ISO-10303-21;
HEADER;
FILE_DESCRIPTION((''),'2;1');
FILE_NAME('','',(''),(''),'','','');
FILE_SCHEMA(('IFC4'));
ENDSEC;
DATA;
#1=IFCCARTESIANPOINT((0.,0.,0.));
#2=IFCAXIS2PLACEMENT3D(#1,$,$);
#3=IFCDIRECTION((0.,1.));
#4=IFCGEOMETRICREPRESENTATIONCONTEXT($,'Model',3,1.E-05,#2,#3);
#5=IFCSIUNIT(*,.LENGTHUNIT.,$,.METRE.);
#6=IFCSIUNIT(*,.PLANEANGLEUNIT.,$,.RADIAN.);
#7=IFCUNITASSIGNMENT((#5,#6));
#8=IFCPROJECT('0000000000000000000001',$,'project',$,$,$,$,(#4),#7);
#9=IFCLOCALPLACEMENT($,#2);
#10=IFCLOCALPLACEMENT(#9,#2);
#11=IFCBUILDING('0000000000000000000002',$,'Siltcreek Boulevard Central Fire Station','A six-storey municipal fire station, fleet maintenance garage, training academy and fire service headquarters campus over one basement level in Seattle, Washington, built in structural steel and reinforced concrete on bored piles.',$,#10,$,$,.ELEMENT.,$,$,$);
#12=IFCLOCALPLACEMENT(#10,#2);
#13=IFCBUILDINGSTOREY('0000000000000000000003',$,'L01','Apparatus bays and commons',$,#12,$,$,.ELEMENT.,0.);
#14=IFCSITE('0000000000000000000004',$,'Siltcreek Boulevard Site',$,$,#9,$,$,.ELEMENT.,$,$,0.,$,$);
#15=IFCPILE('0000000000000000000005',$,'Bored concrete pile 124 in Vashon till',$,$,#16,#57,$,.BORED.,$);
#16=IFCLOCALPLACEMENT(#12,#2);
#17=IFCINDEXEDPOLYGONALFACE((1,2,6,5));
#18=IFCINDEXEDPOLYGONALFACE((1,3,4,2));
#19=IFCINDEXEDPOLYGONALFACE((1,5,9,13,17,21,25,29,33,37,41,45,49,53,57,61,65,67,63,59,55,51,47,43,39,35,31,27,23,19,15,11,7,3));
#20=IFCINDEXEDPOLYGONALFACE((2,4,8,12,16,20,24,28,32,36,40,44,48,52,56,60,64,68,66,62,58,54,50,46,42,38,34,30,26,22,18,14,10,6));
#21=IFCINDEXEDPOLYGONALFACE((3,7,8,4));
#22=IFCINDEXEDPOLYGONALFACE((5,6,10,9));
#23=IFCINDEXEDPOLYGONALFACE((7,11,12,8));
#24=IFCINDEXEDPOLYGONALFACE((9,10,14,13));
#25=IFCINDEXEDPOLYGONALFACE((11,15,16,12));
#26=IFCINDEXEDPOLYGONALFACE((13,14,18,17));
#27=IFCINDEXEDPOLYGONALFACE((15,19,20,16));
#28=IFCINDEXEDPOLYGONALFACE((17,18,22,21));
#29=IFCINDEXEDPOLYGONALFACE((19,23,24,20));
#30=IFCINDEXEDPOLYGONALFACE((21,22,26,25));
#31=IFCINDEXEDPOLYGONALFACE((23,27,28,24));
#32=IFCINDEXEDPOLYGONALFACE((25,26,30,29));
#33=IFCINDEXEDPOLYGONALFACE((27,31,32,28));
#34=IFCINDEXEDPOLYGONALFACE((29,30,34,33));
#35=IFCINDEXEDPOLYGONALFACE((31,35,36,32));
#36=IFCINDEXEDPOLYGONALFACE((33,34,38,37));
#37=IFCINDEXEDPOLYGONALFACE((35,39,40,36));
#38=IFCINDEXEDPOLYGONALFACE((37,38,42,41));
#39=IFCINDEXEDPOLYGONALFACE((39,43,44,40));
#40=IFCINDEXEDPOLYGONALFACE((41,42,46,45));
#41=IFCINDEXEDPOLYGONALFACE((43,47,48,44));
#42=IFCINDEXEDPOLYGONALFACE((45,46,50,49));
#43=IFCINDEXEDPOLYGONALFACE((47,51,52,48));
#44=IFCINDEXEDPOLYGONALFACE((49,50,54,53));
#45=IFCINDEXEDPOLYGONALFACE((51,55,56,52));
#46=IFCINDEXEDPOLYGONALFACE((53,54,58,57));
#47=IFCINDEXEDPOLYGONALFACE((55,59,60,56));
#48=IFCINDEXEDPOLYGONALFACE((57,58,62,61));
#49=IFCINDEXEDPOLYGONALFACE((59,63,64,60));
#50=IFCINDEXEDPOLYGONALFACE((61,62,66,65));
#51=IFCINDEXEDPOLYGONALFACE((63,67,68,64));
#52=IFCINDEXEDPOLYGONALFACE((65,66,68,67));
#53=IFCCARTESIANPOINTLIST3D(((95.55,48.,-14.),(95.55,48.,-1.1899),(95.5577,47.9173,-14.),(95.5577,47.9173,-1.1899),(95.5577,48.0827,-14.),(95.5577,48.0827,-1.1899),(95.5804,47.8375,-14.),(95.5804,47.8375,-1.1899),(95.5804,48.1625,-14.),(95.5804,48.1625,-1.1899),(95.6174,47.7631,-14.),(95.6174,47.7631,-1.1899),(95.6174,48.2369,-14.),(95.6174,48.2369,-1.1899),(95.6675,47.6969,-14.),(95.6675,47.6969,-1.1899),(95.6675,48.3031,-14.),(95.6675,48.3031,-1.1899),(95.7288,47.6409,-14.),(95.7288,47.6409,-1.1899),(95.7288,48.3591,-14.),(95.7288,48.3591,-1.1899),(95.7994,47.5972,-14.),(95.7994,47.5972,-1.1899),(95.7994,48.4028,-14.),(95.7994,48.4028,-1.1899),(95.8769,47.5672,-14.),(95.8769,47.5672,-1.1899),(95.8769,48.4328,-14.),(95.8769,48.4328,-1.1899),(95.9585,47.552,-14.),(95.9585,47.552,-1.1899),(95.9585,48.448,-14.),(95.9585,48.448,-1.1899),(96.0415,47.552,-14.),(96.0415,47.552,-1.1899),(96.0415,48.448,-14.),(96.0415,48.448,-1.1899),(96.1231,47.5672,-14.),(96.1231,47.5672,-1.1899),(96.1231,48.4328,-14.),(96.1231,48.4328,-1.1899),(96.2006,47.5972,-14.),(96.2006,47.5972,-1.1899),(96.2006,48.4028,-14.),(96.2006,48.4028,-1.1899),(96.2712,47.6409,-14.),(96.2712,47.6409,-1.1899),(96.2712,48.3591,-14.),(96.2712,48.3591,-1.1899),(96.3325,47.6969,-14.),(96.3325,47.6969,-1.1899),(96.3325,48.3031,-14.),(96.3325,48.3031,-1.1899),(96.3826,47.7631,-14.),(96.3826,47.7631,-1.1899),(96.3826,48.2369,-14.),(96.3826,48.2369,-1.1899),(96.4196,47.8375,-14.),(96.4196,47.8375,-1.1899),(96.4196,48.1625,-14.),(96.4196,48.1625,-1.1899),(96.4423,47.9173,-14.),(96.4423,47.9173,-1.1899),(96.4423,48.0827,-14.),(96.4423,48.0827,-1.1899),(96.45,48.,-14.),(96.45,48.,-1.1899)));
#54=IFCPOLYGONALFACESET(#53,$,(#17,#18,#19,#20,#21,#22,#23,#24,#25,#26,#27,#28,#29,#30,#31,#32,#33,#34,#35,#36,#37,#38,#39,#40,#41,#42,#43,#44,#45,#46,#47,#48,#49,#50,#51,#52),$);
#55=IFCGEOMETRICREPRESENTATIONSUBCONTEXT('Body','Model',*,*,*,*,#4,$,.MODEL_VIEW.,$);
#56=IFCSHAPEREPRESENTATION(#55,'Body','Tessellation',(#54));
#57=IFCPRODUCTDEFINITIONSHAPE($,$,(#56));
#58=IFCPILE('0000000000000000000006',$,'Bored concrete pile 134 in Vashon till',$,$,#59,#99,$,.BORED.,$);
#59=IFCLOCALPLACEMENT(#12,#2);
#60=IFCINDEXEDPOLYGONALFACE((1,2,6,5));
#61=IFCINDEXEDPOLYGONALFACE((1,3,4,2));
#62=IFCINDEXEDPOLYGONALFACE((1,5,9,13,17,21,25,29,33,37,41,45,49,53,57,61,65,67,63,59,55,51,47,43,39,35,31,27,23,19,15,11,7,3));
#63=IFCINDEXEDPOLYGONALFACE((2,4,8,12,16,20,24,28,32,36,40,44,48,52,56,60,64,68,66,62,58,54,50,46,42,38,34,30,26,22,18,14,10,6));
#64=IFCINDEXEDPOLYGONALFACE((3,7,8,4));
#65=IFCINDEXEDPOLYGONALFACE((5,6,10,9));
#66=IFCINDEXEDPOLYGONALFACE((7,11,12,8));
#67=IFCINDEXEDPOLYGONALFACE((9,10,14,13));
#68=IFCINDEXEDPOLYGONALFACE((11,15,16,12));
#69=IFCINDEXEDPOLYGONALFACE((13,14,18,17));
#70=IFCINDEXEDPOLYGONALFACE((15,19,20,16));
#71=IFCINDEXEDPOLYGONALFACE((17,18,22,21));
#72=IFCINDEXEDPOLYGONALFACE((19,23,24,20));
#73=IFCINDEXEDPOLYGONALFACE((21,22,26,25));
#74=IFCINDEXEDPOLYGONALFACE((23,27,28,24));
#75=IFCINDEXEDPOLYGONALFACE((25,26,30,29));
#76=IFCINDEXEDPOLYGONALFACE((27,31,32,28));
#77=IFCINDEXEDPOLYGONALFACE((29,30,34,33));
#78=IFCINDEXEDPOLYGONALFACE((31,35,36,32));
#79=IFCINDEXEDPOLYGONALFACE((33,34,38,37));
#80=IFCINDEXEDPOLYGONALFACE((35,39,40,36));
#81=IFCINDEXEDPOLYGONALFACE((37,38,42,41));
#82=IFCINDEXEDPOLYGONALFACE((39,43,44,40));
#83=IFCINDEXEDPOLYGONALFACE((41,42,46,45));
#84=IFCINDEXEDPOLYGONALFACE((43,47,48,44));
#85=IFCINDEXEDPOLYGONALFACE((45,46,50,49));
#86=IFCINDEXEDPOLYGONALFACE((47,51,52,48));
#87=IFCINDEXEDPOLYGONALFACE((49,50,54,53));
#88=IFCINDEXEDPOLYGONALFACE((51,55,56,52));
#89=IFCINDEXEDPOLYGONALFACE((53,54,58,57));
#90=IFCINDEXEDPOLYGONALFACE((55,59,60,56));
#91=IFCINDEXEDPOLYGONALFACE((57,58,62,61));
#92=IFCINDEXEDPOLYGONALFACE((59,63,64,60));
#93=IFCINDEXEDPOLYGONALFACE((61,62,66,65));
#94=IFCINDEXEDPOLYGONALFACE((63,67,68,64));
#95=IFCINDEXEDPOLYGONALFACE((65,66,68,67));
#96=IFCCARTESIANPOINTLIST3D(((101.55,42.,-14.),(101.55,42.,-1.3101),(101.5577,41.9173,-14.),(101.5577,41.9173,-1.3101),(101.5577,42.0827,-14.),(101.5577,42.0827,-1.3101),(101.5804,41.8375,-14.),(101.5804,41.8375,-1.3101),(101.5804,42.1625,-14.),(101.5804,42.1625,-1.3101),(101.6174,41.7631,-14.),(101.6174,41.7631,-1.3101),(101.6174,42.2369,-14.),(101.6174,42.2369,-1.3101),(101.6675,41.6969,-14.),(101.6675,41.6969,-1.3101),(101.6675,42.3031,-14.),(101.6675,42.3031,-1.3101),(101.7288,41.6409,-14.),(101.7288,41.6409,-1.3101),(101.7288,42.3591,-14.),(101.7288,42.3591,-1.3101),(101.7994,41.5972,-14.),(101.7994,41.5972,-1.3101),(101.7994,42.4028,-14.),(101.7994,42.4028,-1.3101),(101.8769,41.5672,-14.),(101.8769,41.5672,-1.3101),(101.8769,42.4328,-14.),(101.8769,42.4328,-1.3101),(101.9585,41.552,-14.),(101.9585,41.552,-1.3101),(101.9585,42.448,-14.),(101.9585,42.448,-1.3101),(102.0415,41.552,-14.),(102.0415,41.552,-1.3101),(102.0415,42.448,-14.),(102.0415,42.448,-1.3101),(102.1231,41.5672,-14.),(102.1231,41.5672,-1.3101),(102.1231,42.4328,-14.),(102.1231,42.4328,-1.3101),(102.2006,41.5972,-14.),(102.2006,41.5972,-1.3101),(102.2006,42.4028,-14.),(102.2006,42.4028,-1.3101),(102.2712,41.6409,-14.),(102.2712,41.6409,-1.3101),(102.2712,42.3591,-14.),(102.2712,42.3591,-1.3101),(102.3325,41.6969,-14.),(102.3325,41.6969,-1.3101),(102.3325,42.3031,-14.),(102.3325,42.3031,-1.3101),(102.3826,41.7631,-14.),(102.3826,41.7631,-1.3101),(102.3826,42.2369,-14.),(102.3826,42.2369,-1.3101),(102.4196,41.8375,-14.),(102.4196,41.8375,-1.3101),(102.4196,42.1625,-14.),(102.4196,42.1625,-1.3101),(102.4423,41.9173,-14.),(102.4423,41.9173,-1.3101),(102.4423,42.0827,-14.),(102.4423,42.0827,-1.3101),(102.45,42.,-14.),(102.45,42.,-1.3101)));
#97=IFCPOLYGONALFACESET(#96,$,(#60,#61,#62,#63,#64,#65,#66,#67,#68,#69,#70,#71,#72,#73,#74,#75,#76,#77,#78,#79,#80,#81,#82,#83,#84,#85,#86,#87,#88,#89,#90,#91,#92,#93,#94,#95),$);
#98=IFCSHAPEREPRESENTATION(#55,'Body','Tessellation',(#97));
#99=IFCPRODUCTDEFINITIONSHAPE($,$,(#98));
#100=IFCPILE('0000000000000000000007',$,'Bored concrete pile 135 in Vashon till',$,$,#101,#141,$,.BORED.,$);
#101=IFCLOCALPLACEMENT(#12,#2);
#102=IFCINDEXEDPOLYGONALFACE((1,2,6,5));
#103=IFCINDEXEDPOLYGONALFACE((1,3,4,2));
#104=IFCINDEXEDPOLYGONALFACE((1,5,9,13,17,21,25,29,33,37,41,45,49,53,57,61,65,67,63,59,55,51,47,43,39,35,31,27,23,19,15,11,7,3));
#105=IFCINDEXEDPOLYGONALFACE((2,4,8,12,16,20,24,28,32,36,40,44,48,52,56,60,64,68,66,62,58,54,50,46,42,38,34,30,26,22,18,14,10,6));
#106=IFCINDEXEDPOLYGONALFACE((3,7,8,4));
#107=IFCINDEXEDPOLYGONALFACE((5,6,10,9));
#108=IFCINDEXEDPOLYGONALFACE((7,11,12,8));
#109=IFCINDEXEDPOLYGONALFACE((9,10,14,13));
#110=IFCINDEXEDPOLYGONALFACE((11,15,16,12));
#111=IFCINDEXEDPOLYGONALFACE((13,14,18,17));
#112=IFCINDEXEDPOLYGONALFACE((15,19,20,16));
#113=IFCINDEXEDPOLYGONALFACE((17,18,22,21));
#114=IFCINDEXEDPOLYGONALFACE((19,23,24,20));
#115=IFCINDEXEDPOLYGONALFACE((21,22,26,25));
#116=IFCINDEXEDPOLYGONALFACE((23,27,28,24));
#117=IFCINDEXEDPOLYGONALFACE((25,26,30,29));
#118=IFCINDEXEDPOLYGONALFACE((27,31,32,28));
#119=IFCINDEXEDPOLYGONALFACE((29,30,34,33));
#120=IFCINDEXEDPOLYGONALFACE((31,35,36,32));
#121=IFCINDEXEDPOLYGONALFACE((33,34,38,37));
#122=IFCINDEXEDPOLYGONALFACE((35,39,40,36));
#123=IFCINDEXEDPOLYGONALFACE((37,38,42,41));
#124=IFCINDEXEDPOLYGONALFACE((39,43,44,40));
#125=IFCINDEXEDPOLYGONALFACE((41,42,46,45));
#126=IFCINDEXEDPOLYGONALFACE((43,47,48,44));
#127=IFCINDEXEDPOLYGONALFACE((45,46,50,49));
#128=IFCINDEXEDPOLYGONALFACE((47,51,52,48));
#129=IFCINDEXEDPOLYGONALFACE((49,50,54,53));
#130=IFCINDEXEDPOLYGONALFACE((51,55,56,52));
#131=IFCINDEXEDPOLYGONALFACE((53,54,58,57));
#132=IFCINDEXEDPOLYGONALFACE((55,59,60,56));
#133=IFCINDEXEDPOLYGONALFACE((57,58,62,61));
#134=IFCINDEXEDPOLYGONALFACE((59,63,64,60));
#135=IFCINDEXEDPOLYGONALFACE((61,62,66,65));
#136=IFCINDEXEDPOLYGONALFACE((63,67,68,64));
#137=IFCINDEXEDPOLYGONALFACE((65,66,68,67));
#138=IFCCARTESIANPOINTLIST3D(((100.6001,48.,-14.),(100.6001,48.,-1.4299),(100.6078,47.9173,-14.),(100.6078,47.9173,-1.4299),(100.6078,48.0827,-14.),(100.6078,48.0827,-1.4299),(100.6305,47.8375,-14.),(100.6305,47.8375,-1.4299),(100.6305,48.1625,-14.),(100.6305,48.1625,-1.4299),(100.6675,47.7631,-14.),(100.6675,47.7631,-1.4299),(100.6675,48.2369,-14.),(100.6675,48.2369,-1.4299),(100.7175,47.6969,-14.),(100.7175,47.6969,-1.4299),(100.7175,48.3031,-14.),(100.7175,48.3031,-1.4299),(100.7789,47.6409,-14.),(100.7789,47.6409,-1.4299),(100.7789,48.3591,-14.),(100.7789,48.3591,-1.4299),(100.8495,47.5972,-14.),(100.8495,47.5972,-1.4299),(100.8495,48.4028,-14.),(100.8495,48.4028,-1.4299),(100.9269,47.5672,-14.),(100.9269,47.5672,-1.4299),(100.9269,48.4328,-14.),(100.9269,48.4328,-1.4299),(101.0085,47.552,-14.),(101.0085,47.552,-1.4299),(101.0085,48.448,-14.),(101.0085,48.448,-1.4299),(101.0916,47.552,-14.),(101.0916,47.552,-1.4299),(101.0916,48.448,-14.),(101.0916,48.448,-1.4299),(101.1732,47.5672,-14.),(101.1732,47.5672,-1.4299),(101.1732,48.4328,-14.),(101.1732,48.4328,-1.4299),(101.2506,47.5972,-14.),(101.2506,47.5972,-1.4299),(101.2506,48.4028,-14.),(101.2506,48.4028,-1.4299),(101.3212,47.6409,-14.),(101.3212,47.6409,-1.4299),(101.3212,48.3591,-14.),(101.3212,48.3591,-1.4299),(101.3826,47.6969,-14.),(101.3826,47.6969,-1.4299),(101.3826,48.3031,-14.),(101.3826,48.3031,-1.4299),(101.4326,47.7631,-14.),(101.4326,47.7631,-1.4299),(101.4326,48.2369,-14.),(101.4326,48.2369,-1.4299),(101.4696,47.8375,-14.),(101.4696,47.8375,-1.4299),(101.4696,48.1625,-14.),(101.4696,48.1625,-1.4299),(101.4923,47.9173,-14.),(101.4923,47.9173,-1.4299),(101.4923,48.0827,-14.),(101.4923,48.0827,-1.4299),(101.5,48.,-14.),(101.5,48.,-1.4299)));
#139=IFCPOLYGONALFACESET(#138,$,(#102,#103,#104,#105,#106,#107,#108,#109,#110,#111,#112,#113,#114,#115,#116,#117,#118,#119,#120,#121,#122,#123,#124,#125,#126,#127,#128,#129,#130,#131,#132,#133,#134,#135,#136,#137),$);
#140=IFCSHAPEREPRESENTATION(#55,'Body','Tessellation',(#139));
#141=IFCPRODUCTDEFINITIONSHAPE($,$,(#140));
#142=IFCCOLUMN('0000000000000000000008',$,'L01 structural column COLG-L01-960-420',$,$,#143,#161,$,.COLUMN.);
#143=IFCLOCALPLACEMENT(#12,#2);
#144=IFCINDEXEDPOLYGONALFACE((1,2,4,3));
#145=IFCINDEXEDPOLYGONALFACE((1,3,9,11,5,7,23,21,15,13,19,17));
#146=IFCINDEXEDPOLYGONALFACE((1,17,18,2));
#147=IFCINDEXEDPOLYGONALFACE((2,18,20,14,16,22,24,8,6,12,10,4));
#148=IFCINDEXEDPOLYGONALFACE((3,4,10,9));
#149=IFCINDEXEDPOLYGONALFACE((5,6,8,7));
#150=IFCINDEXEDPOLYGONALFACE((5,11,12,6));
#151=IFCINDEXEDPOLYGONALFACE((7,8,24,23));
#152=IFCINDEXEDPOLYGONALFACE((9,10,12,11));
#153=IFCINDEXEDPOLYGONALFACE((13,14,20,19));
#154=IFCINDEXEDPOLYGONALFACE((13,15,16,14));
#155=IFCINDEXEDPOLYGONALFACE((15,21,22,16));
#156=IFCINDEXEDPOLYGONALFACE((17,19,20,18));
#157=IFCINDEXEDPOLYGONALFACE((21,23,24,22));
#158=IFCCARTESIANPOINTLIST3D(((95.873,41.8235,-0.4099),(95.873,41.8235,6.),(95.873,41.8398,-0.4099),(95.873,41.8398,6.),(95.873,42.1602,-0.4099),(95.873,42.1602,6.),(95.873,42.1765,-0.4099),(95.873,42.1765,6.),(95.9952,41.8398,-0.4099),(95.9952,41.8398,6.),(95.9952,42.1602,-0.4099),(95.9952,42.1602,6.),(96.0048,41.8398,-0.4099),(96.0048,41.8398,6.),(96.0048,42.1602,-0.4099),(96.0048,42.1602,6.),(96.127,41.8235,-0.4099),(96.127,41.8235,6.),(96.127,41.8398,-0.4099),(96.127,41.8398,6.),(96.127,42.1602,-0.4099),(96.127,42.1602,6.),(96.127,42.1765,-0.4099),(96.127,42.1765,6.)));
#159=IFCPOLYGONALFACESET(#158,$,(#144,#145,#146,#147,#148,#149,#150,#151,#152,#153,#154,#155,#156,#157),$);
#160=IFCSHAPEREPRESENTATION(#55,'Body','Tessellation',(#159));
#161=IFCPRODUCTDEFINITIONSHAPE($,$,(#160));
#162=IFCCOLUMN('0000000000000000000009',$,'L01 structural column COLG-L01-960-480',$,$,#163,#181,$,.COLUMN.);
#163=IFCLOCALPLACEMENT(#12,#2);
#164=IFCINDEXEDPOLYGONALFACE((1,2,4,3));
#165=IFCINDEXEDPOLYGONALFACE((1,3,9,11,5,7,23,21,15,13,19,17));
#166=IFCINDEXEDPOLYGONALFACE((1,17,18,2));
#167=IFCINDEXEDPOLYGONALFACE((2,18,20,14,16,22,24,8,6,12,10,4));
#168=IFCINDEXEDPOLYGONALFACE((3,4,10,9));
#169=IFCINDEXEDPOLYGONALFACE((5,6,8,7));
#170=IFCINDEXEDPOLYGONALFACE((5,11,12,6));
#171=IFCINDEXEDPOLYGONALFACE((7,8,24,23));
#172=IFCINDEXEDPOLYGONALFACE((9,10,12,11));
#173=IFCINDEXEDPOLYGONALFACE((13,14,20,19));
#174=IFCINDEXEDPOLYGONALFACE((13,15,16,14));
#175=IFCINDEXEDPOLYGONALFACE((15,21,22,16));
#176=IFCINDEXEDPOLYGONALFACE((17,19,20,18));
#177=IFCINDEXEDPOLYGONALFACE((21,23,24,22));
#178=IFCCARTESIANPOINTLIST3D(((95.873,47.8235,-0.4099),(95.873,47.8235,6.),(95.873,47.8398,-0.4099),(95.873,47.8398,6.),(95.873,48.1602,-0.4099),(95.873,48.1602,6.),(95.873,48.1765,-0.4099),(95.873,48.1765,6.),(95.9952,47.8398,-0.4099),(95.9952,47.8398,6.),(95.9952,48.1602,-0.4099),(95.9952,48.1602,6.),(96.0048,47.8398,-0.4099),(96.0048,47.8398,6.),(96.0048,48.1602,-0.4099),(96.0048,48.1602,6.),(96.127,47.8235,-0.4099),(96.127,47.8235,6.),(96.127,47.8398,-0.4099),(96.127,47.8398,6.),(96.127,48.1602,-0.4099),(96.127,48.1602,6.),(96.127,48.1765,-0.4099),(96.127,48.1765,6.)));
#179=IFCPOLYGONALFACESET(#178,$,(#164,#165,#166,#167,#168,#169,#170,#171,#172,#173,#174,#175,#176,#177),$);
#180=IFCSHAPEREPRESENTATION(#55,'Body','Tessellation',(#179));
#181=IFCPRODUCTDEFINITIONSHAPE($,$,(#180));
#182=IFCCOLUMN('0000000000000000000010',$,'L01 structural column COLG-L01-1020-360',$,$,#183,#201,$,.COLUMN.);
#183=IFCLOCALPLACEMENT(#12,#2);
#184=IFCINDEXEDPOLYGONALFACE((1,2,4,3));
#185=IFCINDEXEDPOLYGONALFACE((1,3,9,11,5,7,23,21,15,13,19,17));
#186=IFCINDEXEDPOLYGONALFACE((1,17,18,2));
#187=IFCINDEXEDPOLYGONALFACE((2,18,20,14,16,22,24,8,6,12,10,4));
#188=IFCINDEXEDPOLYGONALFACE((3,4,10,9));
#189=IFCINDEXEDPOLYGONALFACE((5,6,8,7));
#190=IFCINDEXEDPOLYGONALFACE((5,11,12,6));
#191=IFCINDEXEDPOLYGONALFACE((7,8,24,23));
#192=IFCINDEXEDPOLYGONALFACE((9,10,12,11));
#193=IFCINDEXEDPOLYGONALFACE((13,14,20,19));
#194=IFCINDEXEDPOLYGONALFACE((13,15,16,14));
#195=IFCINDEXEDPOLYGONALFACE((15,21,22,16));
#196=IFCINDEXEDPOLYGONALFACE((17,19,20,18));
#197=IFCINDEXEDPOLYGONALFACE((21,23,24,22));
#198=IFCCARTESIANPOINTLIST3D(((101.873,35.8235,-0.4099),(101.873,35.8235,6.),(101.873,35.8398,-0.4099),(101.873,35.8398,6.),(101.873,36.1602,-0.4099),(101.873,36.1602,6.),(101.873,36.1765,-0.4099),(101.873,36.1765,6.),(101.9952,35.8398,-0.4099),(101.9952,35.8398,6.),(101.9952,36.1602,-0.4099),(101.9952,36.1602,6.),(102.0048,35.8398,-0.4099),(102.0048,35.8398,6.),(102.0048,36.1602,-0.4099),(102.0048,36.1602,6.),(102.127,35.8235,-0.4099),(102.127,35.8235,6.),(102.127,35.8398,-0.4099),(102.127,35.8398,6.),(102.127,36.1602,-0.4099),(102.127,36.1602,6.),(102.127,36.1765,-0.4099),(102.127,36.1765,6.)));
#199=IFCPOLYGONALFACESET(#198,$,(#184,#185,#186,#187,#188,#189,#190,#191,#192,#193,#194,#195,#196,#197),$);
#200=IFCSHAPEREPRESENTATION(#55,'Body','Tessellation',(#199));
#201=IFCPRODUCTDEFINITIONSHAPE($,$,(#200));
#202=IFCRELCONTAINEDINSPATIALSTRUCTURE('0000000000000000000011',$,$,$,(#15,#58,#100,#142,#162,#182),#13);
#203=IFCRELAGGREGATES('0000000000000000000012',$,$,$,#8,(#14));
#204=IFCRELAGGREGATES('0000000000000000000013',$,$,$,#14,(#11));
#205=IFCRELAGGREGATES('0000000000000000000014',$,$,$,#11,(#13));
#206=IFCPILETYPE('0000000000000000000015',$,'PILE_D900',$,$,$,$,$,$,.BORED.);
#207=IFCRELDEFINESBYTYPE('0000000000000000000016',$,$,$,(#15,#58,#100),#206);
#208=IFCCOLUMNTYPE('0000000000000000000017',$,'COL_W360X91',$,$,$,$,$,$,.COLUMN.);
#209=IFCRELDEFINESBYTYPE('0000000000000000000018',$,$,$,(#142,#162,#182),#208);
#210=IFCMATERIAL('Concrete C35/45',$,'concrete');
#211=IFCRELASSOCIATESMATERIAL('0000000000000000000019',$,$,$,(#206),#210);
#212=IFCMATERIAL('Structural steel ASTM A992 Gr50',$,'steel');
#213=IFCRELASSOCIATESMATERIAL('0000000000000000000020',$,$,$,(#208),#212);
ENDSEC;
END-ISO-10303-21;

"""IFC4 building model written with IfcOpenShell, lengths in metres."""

from ifc_helpers import new_model, si_unit, direction, frame, origin, origin_2d, place, context, subcontext, project, spatial, circle, i_section, extrude, material, material_profile, profile_set, type_object, element, save


model = new_model("IFC4")

# Units and contexts
model_context = context("Model", 3, precision=1e-05, world=origin(), true_north=direction((0.0, 1.0)))
body_context = subcontext(model_context, "Body", "Model", "MODEL_VIEW")
ifc_project = project(units=[si_unit("LENGTHUNIT", "METRE"), si_unit("PLANEANGLEUNIT", "RADIAN")], contexts=[model_context])

# Site, building, storey
site_placement = place(None, origin())
site = spatial("IfcSite", under=ifc_project, at=site_placement, Name="Siltcreek Boulevard Site", CompositionType="ELEMENT", RefElevation=0.0)
building_placement = place(site_placement, origin())
building = spatial("IfcBuilding", under=site, at=building_placement, Name="Siltcreek Boulevard Central Fire Station", Description="A six-storey municipal fire station, fleet maintenance garage, training academy and fire service headquarters campus over one basement level in Seattle, Washington, built in structural steel and reinforced concrete on bored piles.", CompositionType="ELEMENT")
storey_placement = place(building_placement, origin())
storey = spatial("IfcBuildingStorey", under=building, at=storey_placement, Name="L01", Description="Apparatus bays and commons", CompositionType="ELEMENT", Elevation=0.0)

# Shared definitions
ifc_material_1 = material(Name="Concrete C35/45", Category="concrete")

# Piles
ifc_material_profile_1 = material_profile(ifc_material_1, circle(Radius=0.45, at=origin_2d()), Name="SHAFT900")
ifc_profile_set_1 = profile_set([ifc_material_profile_1], Name="Concrete C35/45")
pile_type_1 = type_object("IfcPileType", Name="PILE_D900", PredefinedType="BORED", material=ifc_profile_set_1)
pile_1_placement = place(storey_placement, frame((96.0, 48.0, -1.1899), z_axis=(0.0, 0.0, -1.0), x_axis=(1.0, 0.0, 0.0)))
element("IfcPile", 1, at=pile_1_placement, inside=storey, type_object=pile_type_1, Name="Bored concrete pile 124 in Vashon till", PredefinedType="BORED", context=body_context, shape_type="SweptSolid", body=[
    extrude(circle(Radius=0.45, at=origin_2d()), origin(), (0.0, 0.0, 1.0), 12.8101),
])
pile_2_placement = place(storey_placement, frame((102.0, 42.0, -1.3101), z_axis=(0.0, 0.0, -1.0), x_axis=(1.0, 0.0, 0.0)))
element("IfcPile", 2, at=pile_2_placement, inside=storey, type_object=pile_type_1, Name="Bored concrete pile 134 in Vashon till", PredefinedType="BORED", context=body_context, shape_type="SweptSolid", body=[
    extrude(circle(Radius=0.45, at=origin_2d()), origin(), (0.0, 0.0, 1.0), 12.6899),
])
pile_3_placement = place(storey_placement, frame((101.05, 48.0, -1.4299), z_axis=(0.0, 0.0, -1.0), x_axis=(1.0, 0.0, 0.0)))
element("IfcPile", 3, at=pile_3_placement, inside=storey, type_object=pile_type_1, Name="Bored concrete pile 135 in Vashon till", PredefinedType="BORED", context=body_context, shape_type="SweptSolid", body=[
    extrude(circle(Radius=0.45, at=origin_2d()), origin(), (0.0, 0.0, 1.0), 12.5701),
])

# Columns
ifc_material_2 = material(Name="Structural steel ASTM A992 Gr50", Category="steel")
ifc_material_profile_2 = material_profile(ifc_material_2, i_section(OverallWidth=0.2539, OverallDepth=0.353, WebThickness=0.0095, FlangeThickness=0.0164, at=origin_2d()), Name="W360X91")
ifc_profile_set_2 = profile_set([ifc_material_profile_2], Name="Structural steel ASTM A992 Gr50")
column_type = type_object("IfcColumnType", Name="COL_W360X91", PredefinedType="COLUMN", material=ifc_profile_set_2)
for number, where, z_axis, x_axis, name in (
    (4, (96.0, 42.0, -0.4099), (0.0, 0.0, 1.0), (1.0, 0.0, 0.0), "L01 structural column COLG-L01-960-420"),
    (5, (96.0, 48.0, -0.4099), (0.0, 0.0, 1.0), (1.0, 0.0, 0.0), "L01 structural column COLG-L01-960-480"),
    (6, (102.0, 36.0, -0.4099), (0.0, 0.0, 1.0), (1.0, 0.0, 0.0), "L01 structural column COLG-L01-1020-360"),
):
    element("IfcColumn", number, at=place(storey_placement, frame(where, z_axis=z_axis, x_axis=x_axis)), inside=storey, type_object=column_type, Name=name, PredefinedType="COLUMN", context=body_context, shape_type="SweptSolid", body=[
        extrude(i_section(OverallWidth=0.2539, OverallDepth=0.353, WebThickness=0.0095, FlangeThickness=0.0164, at=origin_2d()), origin(), (0.0, 0.0, 1.0), 6.4099),
    ])

save(model, "model.ifc")
